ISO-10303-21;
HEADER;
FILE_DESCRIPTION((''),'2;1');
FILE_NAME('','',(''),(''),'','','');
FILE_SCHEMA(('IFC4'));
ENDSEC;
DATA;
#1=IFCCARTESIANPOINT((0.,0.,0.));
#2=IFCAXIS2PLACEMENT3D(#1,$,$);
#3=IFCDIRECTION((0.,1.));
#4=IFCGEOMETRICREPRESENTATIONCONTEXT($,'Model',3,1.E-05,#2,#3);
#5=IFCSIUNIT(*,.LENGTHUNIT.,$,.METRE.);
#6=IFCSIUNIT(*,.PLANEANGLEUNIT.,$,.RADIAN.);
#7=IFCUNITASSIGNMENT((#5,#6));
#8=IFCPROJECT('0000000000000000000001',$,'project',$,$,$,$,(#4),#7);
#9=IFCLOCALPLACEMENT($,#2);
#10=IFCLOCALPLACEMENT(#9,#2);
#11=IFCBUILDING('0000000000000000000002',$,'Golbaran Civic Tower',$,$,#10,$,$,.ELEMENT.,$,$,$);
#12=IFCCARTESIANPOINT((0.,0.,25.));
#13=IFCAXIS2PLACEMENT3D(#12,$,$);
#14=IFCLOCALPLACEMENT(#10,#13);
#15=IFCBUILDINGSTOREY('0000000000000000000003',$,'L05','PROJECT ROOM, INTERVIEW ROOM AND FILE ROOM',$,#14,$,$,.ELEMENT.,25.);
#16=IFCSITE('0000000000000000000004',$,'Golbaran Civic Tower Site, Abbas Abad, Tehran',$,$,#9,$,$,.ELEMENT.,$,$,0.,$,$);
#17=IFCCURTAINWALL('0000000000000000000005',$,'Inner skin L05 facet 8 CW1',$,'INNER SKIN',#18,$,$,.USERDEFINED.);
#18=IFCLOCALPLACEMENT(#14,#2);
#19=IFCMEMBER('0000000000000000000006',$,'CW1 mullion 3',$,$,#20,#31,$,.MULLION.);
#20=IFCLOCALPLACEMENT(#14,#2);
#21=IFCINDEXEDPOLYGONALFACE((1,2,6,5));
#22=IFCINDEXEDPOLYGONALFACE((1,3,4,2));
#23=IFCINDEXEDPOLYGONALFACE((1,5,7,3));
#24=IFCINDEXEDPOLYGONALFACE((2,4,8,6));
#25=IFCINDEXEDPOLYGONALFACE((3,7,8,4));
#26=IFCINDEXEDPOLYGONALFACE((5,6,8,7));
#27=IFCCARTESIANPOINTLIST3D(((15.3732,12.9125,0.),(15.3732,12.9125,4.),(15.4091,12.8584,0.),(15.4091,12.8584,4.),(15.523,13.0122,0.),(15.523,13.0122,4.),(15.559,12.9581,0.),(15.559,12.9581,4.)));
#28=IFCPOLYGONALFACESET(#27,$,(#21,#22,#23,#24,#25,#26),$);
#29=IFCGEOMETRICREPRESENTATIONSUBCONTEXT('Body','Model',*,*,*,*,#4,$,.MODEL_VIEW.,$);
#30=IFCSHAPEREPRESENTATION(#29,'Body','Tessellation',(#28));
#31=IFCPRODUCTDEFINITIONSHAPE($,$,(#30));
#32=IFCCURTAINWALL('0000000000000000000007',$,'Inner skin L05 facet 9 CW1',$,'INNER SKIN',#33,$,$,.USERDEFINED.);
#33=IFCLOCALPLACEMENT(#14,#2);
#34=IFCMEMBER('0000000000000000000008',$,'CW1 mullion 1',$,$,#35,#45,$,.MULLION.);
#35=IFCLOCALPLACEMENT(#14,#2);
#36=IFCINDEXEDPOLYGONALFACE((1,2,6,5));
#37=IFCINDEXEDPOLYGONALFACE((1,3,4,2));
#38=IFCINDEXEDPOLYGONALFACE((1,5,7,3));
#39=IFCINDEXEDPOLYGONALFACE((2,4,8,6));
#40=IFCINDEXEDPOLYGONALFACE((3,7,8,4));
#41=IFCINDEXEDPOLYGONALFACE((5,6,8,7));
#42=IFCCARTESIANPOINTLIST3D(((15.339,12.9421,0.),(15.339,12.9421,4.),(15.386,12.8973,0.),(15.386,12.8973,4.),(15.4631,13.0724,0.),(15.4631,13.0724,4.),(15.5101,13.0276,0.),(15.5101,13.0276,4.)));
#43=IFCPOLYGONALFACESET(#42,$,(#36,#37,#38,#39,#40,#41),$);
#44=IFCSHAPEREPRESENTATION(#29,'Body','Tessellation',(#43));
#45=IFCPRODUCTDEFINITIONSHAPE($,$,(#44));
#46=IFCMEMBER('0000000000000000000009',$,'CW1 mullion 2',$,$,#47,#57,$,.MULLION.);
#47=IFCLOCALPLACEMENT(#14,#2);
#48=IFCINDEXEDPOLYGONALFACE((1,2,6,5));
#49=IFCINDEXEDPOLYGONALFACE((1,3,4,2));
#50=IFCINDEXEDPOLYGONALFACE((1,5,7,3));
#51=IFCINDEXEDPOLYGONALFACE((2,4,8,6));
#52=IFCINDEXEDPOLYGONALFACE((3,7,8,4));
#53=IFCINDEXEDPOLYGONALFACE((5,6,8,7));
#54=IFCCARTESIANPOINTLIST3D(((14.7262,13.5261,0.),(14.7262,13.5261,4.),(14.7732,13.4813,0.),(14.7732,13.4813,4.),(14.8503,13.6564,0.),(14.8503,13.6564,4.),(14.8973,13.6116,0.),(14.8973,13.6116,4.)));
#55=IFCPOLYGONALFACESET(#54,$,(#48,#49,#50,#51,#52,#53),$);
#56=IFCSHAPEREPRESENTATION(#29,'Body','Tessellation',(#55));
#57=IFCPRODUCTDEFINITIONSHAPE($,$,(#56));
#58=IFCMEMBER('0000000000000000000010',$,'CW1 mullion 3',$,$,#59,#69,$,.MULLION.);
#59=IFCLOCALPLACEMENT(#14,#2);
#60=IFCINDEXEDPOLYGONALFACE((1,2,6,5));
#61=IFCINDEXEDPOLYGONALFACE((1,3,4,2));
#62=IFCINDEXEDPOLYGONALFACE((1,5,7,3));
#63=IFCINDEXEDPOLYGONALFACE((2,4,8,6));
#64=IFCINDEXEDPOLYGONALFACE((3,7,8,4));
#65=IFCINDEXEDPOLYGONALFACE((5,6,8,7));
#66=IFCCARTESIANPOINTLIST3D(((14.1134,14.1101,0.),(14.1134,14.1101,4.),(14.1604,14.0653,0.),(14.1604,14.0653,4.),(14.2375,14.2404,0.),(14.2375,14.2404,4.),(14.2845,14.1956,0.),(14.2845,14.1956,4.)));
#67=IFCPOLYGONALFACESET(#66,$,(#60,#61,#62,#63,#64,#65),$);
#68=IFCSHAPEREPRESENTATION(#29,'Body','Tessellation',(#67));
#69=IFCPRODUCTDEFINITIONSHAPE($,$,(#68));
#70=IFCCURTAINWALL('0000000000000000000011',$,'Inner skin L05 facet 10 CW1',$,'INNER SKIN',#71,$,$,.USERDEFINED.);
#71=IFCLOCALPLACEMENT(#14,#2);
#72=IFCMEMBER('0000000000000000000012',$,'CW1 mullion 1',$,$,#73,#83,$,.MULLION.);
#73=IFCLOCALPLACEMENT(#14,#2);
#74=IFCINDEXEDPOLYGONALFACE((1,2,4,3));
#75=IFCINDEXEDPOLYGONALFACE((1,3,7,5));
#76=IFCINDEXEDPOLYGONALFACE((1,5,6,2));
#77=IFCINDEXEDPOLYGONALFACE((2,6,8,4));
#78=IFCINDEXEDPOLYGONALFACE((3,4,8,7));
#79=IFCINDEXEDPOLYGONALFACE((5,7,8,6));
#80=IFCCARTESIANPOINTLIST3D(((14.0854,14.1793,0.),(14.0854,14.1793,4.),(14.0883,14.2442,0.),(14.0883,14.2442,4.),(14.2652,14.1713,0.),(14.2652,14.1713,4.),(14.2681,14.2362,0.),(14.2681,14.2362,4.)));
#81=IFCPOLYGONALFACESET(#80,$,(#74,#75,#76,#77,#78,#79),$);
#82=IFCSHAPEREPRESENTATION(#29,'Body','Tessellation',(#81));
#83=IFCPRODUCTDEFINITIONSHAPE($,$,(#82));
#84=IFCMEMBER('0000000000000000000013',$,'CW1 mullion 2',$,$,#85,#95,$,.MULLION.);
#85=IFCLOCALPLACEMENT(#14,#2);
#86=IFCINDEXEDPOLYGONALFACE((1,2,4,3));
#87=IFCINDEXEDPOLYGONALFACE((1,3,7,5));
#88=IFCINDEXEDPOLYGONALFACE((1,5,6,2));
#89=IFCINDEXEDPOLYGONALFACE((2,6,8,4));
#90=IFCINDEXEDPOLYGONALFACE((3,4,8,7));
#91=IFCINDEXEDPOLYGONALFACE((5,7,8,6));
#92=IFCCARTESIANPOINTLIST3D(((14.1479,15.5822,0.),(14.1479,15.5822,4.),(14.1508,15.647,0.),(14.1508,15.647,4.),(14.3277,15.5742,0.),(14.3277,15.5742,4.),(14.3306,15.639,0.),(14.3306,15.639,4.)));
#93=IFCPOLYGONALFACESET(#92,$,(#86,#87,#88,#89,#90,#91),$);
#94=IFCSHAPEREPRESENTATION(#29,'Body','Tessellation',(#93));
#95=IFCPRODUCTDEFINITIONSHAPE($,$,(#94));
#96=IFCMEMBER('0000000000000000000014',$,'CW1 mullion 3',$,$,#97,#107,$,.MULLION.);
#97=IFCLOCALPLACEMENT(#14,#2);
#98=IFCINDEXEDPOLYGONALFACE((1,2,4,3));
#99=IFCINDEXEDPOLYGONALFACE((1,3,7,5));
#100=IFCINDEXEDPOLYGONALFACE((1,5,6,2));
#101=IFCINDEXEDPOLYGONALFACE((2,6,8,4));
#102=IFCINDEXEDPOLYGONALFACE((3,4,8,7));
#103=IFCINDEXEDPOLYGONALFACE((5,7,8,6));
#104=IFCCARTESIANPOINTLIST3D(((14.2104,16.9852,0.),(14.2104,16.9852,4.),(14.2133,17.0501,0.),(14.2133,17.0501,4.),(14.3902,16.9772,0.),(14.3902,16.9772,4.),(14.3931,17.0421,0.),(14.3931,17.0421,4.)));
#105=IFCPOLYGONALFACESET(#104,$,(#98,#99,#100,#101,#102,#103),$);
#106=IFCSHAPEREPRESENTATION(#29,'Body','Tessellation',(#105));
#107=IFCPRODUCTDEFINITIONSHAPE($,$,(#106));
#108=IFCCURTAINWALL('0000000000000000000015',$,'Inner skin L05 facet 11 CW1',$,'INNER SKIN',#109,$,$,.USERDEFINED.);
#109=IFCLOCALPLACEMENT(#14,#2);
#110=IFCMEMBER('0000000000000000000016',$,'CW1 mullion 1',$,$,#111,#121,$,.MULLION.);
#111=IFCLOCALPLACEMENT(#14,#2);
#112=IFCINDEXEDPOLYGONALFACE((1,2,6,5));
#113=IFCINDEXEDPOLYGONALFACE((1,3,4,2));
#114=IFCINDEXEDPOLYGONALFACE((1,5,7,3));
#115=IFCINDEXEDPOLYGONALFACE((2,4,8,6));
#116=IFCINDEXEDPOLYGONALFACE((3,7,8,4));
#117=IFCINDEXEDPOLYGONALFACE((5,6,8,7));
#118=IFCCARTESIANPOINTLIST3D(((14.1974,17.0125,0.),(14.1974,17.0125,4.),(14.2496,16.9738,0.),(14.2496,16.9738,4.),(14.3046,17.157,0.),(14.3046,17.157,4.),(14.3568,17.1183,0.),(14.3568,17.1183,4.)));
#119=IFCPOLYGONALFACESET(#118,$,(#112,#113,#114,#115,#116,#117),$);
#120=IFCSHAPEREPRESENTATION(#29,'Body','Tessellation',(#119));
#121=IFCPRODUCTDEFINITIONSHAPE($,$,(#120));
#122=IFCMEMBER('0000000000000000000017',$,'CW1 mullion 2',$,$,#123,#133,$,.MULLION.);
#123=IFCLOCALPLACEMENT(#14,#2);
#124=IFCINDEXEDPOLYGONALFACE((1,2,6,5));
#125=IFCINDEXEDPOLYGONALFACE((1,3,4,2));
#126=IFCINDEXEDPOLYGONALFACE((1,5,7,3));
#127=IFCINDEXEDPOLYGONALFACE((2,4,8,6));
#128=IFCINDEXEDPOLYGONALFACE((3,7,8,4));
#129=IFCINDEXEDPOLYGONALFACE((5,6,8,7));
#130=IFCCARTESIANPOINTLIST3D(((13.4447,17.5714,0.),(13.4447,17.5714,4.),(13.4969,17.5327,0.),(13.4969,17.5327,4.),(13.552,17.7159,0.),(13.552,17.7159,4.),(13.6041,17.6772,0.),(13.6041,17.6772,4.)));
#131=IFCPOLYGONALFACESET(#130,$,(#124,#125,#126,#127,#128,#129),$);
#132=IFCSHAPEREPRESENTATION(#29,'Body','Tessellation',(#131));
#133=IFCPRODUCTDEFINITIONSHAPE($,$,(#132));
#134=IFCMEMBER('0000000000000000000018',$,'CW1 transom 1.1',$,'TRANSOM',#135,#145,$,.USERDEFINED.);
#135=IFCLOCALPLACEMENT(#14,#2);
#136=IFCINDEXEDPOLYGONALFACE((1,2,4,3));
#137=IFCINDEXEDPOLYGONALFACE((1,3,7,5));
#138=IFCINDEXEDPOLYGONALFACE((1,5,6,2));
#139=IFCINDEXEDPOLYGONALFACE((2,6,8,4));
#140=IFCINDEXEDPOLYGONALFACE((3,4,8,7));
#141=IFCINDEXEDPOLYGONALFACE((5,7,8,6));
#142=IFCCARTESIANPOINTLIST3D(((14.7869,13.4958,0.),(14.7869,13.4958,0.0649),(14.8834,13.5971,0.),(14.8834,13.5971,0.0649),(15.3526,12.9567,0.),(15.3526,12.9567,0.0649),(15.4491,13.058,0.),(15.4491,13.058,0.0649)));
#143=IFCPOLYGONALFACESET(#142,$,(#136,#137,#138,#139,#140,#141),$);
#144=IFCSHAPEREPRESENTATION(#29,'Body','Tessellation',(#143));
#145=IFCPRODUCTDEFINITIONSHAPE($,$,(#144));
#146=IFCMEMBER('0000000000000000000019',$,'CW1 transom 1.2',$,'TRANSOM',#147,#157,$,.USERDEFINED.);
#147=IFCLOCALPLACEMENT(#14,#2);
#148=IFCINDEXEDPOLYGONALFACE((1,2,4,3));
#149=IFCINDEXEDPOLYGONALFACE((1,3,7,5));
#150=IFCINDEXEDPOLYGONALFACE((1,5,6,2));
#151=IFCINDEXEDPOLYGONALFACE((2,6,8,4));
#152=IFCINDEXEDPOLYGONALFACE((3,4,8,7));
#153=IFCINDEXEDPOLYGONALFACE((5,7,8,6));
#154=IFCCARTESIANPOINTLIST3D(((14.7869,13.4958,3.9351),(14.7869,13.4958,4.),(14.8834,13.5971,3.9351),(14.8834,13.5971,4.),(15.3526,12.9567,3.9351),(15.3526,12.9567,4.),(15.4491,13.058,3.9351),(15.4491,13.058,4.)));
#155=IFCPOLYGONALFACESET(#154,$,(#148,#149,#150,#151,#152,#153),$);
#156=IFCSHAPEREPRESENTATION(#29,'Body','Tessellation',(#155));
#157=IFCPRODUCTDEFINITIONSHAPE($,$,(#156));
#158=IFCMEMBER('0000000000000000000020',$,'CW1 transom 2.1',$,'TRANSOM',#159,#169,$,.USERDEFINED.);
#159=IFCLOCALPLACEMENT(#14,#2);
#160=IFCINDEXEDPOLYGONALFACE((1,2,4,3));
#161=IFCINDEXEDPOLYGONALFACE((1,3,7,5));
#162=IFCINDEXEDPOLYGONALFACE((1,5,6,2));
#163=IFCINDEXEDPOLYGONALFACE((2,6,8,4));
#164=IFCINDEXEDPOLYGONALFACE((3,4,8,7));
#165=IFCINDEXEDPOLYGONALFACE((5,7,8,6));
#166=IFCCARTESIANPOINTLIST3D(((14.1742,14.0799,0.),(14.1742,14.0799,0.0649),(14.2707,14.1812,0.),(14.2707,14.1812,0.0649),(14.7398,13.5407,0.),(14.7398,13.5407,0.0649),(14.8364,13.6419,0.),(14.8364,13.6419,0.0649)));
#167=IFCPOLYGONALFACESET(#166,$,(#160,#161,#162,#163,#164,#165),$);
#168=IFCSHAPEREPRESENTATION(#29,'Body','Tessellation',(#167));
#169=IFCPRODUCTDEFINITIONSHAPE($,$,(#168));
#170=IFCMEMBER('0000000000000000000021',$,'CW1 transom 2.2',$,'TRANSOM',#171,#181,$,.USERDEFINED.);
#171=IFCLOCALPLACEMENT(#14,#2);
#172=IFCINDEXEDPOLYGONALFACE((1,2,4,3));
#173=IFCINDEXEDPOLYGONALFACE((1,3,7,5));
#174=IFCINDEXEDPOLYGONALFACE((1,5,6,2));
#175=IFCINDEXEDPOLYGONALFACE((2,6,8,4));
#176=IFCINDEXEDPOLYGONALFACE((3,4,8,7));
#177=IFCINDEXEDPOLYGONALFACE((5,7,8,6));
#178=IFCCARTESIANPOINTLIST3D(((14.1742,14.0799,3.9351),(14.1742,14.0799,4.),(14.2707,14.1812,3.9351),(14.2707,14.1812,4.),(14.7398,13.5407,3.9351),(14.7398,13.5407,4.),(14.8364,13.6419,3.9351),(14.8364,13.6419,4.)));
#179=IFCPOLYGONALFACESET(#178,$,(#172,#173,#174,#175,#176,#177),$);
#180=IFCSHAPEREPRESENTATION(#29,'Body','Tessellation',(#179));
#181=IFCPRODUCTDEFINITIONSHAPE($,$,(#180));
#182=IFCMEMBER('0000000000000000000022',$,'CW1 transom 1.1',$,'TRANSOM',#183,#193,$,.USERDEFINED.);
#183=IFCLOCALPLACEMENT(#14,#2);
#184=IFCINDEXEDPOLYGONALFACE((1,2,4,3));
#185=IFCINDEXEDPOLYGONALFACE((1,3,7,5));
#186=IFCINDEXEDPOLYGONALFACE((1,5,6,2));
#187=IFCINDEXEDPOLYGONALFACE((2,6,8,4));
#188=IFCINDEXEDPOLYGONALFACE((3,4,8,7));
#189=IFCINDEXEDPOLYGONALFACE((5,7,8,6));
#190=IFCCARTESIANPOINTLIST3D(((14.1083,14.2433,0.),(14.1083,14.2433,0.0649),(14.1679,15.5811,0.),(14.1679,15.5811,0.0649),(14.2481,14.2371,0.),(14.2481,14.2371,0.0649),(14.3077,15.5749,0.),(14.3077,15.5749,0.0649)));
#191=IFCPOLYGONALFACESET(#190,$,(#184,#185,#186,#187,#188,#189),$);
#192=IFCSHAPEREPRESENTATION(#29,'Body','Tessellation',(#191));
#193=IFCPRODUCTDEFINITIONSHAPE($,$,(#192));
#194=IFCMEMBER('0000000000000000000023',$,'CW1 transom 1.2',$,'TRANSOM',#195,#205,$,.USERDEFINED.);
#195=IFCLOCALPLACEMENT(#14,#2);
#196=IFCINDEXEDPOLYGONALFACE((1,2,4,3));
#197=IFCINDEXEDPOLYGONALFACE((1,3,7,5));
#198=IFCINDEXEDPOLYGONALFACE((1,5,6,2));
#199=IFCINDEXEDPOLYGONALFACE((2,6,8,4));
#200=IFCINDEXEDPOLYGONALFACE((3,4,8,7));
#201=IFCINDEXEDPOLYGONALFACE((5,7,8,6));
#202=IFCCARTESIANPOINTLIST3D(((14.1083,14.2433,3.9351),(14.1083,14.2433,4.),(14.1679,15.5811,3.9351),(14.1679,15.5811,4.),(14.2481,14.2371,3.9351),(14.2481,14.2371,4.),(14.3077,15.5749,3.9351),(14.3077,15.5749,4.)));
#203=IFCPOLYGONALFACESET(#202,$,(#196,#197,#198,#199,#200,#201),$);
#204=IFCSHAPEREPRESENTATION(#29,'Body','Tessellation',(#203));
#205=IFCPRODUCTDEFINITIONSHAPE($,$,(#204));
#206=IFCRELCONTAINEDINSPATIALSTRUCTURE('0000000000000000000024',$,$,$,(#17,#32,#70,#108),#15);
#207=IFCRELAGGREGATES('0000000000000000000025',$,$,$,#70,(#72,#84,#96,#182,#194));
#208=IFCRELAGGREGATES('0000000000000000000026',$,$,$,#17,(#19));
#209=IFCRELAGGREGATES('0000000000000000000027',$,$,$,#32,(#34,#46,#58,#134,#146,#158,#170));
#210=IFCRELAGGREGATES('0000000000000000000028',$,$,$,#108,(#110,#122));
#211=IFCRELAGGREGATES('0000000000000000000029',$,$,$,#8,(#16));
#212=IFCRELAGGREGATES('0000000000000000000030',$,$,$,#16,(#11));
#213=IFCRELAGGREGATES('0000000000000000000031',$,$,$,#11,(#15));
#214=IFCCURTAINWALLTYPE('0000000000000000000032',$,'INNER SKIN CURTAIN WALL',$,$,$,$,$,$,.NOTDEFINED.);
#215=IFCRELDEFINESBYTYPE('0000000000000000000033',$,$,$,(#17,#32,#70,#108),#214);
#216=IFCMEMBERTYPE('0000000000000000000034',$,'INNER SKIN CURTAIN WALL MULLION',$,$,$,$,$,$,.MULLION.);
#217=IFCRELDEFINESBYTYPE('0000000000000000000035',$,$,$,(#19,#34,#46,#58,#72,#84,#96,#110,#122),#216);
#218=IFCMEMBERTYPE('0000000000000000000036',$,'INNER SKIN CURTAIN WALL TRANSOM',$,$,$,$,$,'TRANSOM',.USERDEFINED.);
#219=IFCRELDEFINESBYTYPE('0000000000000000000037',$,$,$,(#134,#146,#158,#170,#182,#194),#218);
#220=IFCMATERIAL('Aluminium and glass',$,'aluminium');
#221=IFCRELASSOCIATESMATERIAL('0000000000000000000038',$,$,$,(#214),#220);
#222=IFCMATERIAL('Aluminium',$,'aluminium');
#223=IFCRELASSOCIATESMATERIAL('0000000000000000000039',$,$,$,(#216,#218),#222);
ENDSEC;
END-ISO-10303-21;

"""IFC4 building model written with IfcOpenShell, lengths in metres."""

from ifc_helpers import new_model, si_unit, direction, frame, origin, origin_2d, place, context, subcontext, project, spatial, rectangle, extrude, material, material_profile, profile_set, type_object, element, aggregate, save


model = new_model("IFC4")

# Units and contexts
model_context = context("Model", 3, precision=1e-05, world=origin(), true_north=direction((0.0, 1.0)))
body_context = subcontext(model_context, "Body", "Model", "MODEL_VIEW")
ifc_project = project(units=[si_unit("LENGTHUNIT", "METRE"), si_unit("PLANEANGLEUNIT", "RADIAN")], contexts=[model_context])

# Site, building, storey
site_placement = place(None, origin())
site = spatial("IfcSite", under=ifc_project, at=site_placement, Name="Golbaran Civic Tower Site, Abbas Abad, Tehran", CompositionType="ELEMENT", RefElevation=0.0)
building_placement = place(site_placement, origin())
building = spatial("IfcBuilding", under=site, at=building_placement, Name="Golbaran Civic Tower", CompositionType="ELEMENT")
storey_placement = place(building_placement, frame((0.0, 0.0, 25.0)))
storey = spatial("IfcBuildingStorey", under=building, at=storey_placement, Name="L05", Description="PROJECT ROOM, INTERVIEW ROOM AND FILE ROOM", CompositionType="ELEMENT", Elevation=25.0)

# Curtain wall, member
ifc_material_1 = material(Name="Aluminium and glass", Category="aluminium")
curtain_wall_type = type_object("IfcCurtainWallType", Name="INNER SKIN CURTAIN WALL", PredefinedType="NOTDEFINED", material=ifc_material_1)
curtain_wall_1_placement = place(storey_placement, origin())
curtain_wall_1 = element("IfcCurtainWall", 1, at=curtain_wall_1_placement, inside=storey, type_object=curtain_wall_type, Name="Inner skin L05 facet 8 CW1", ObjectType="INNER SKIN", PredefinedType="USERDEFINED")
ifc_material_2 = material(Name="Aluminium", Category="aluminium")
ifc_material_profile_1 = material_profile(ifc_material_2, rectangle(XDim=0.1799, YDim=0.0649, at=origin_2d()), Name="INNER SKIN CURTAIN WALL MULLION")
ifc_profile_set_1 = profile_set([ifc_material_profile_1], Name="Aluminium")
member_type_1 = type_object("IfcMemberType", Name="INNER SKIN CURTAIN WALL MULLION", PredefinedType="MULLION", material=ifc_profile_set_1)
member_1_placement = place(storey_placement, frame((15.4661, 12.9353, 0.0), z_axis=(0.0, 0.0, 1.0), x_axis=(-0.832703, -0.553719, 0.0)))
member_1 = element("IfcMember", 2, at=member_1_placement, type_object=member_type_1, Name="CW1 mullion 3", PredefinedType="MULLION", context=body_context, shape_type="SweptSolid", body=[
    extrude(rectangle(XDim=0.1799, YDim=0.0649, at=origin_2d()), origin(), (0.0, 0.0, 1.0), 4.0),
])

# Curtain walls, members
curtain_wall_2_placement = place(storey_placement, origin())
curtain_wall_2 = element("IfcCurtainWall", 3, at=curtain_wall_2_placement, inside=storey, type_object=curtain_wall_type, Name="Inner skin L05 facet 9 CW1", ObjectType="INNER SKIN", PredefinedType="USERDEFINED")
member_2_placement = place(storey_placement, frame((15.4246, 12.9849, 0.0), z_axis=(0.0, 0.0, 1.0), x_axis=(-0.689904, -0.7239, 0.0)))
member_2 = element("IfcMember", 4, at=member_2_placement, type_object=member_type_1, Name="CW1 mullion 1", PredefinedType="MULLION", context=body_context, shape_type="SweptSolid", body=[
    extrude(rectangle(XDim=0.1799, YDim=0.0649, at=origin_2d()), origin(), (0.0, 0.0, 1.0), 4.0),
])
member_3_placement = place(storey_placement, frame((14.8118, 13.5688, 0.0), z_axis=(0.0, 0.0, 1.0), x_axis=(-0.689904, -0.7239, 0.0)))
member_3 = element("IfcMember", 5, at=member_3_placement, type_object=member_type_1, Name="CW1 mullion 2", PredefinedType="MULLION", context=body_context, shape_type="SweptSolid", body=[
    extrude(rectangle(XDim=0.1799, YDim=0.0649, at=origin_2d()), origin(), (0.0, 0.0, 1.0), 4.0),
])
member_4_placement = place(storey_placement, frame((14.199, 14.1528, 0.0), z_axis=(0.0, 0.0, 1.0), x_axis=(-0.689904, -0.7239, 0.0)))
member_4 = element("IfcMember", 6, at=member_4_placement, type_object=member_type_1, Name="CW1 mullion 3", PredefinedType="MULLION", context=body_context, shape_type="SweptSolid", body=[
    extrude(rectangle(XDim=0.1799, YDim=0.0649, at=origin_2d()), origin(), (0.0, 0.0, 1.0), 4.0),
])
curtain_wall_3_placement = place(storey_placement, origin())
curtain_wall_3 = element("IfcCurtainWall", 7, at=curtain_wall_3_placement, inside=storey, type_object=curtain_wall_type, Name="Inner skin L05 facet 10 CW1", ObjectType="INNER SKIN", PredefinedType="USERDEFINED")
member_5_placement = place(storey_placement, frame((14.1768, 14.2078, 0.0), z_axis=(0.0, 0.0, 1.0), x_axis=(-0.999008, 0.044524, 0.0)))
member_5 = element("IfcMember", 8, at=member_5_placement, type_object=member_type_1, Name="CW1 mullion 1", PredefinedType="MULLION", context=body_context, shape_type="SweptSolid", body=[
    extrude(rectangle(XDim=0.1799, YDim=0.0649, at=origin_2d()), origin(), (0.0, 0.0, 1.0), 4.0),
])
member_6_placement = place(storey_placement, frame((14.2393, 15.6106, 0.0), z_axis=(0.0, 0.0, 1.0), x_axis=(-0.999008, 0.044524, 0.0)))
member_6 = element("IfcMember", 9, at=member_6_placement, type_object=member_type_1, Name="CW1 mullion 2", PredefinedType="MULLION", context=body_context, shape_type="SweptSolid", body=[
    extrude(rectangle(XDim=0.1799, YDim=0.0649, at=origin_2d()), origin(), (0.0, 0.0, 1.0), 4.0),
])
member_7_placement = place(storey_placement, frame((14.3018, 17.0137, 0.0), z_axis=(0.0, 0.0, 1.0), x_axis=(-0.999008, 0.044524, 0.0)))
member_7 = element("IfcMember", 10, at=member_7_placement, type_object=member_type_1, Name="CW1 mullion 3", PredefinedType="MULLION", context=body_context, shape_type="SweptSolid", body=[
    extrude(rectangle(XDim=0.1799, YDim=0.0649, at=origin_2d()), origin(), (0.0, 0.0, 1.0), 4.0),
])
curtain_wall_4_placement = place(storey_placement, origin())
curtain_wall_4 = element("IfcCurtainWall", 11, at=curtain_wall_4_placement, inside=storey, type_object=curtain_wall_type, Name="Inner skin L05 facet 11 CW1", ObjectType="INNER SKIN", PredefinedType="USERDEFINED")
member_8_placement = place(storey_placement, frame((14.2771, 17.0654, 0.0), z_axis=(0.0, 0.0, 1.0), x_axis=(-0.596019, -0.80297, 0.0)))
member_8 = element("IfcMember", 12, at=member_8_placement, type_object=member_type_1, Name="CW1 mullion 1", PredefinedType="MULLION", context=body_context, shape_type="SweptSolid", body=[
    extrude(rectangle(XDim=0.1799, YDim=0.0649, at=origin_2d()), origin(), (0.0, 0.0, 1.0), 4.0),
])
member_9_placement = place(storey_placement, frame((13.5244, 17.6243, 0.0), z_axis=(0.0, 0.0, 1.0), x_axis=(-0.596019, -0.80297, 0.0)))
member_9 = element("IfcMember", 13, at=member_9_placement, type_object=member_type_1, Name="CW1 mullion 2", PredefinedType="MULLION", context=body_context, shape_type="SweptSolid", body=[
    extrude(rectangle(XDim=0.1799, YDim=0.0649, at=origin_2d()), origin(), (0.0, 0.0, 1.0), 4.0),
])

# Members
ifc_material_profile_2 = material_profile(ifc_material_2, rectangle(XDim=0.1399, YDim=0.0649, at=origin_2d()), Name="INNER SKIN CURTAIN WALL TRANSOM")
ifc_profile_set_2 = profile_set([ifc_material_profile_2], Name="Aluminium")
member_type_2 = type_object("IfcMemberType", Name="INNER SKIN CURTAIN WALL TRANSOM", ElementType="TRANSOM", PredefinedType="USERDEFINED", material=ifc_profile_set_2)
member_10_placement = place(storey_placement, frame((15.4009, 13.0073, 0.0325), z_axis=(-0.72393, 0.689874, 0.0), x_axis=(-0.689874, -0.72393, 0.0)))
member_10 = element("IfcMember", 14, at=member_10_placement, type_object=member_type_2, Name="CW1 transom 1.1", ObjectType="TRANSOM", PredefinedType="USERDEFINED", context=body_context, shape_type="SweptSolid", body=[
    extrude(rectangle(XDim=0.1399, YDim=0.0649, at=origin_2d()), origin(), (0.0, 0.0, 1.0), 0.7815),
])
member_11_placement = place(storey_placement, frame((15.4009, 13.0073, 3.9675), z_axis=(-0.72393, 0.689874, 0.0), x_axis=(-0.689874, -0.72393, 0.0)))
member_11 = element("IfcMember", 15, at=member_11_placement, type_object=member_type_2, Name="CW1 transom 1.2", ObjectType="TRANSOM", PredefinedType="USERDEFINED", context=body_context, shape_type="SweptSolid", body=[
    extrude(rectangle(XDim=0.1399, YDim=0.0649, at=origin_2d()), origin(), (0.0, 0.0, 1.0), 0.7815),
])
member_12_placement = place(storey_placement, frame((14.7881, 13.5913, 0.0325), z_axis=(-0.723774, 0.690037, 0.0), x_axis=(-0.690037, -0.723774, 0.0)))
member_12 = element("IfcMember", 16, at=member_12_placement, type_object=member_type_2, Name="CW1 transom 2.1", ObjectType="TRANSOM", PredefinedType="USERDEFINED", context=body_context, shape_type="SweptSolid", body=[
    extrude(rectangle(XDim=0.1399, YDim=0.0649, at=origin_2d()), origin(), (0.0, 0.0, 1.0), 0.7815),
])
member_13_placement = place(storey_placement, frame((14.7881, 13.5913, 3.9675), z_axis=(-0.723774, 0.690037, 0.0), x_axis=(-0.690037, -0.723774, 0.0)))
member_13 = element("IfcMember", 17, at=member_13_placement, type_object=member_type_2, Name="CW1 transom 2.2", ObjectType="TRANSOM", PredefinedType="USERDEFINED", context=body_context, shape_type="SweptSolid", body=[
    extrude(rectangle(XDim=0.1399, YDim=0.0649, at=origin_2d()), origin(), (0.0, 0.0, 1.0), 0.7815),
])
member_14_placement = place(storey_placement, frame((14.1782, 14.2402, 0.0325), z_axis=(0.044481, 0.99901, 0.0), x_axis=(-0.99901, 0.044481, 0.0)))
member_14 = element("IfcMember", 18, at=member_14_placement, type_object=member_type_2, Name="CW1 transom 1.1", ObjectType="TRANSOM", PredefinedType="USERDEFINED", context=body_context, shape_type="SweptSolid", body=[
    extrude(rectangle(XDim=0.1399, YDim=0.0649, at=origin_2d()), origin(), (0.0, 0.0, 1.0), 1.3391),
])
member_15_placement = place(storey_placement, frame((14.1782, 14.2402, 3.9675), z_axis=(0.044481, 0.99901, 0.0), x_axis=(-0.99901, 0.044481, 0.0)))
member_15 = element("IfcMember", 19, at=member_15_placement, type_object=member_type_2, Name="CW1 transom 1.2", ObjectType="TRANSOM", PredefinedType="USERDEFINED", context=body_context, shape_type="SweptSolid", body=[
    extrude(rectangle(XDim=0.1399, YDim=0.0649, at=origin_2d()), origin(), (0.0, 0.0, 1.0), 1.3391),
])

aggregate(curtain_wall_3, [member_5, member_6, member_7, member_14, member_15])
aggregate(curtain_wall_1, [member_1])
aggregate(curtain_wall_2, [member_2, member_3, member_4, member_10, member_11, member_12, member_13])
aggregate(curtain_wall_4, [member_8, member_9])

save(model, "model.ifc")
